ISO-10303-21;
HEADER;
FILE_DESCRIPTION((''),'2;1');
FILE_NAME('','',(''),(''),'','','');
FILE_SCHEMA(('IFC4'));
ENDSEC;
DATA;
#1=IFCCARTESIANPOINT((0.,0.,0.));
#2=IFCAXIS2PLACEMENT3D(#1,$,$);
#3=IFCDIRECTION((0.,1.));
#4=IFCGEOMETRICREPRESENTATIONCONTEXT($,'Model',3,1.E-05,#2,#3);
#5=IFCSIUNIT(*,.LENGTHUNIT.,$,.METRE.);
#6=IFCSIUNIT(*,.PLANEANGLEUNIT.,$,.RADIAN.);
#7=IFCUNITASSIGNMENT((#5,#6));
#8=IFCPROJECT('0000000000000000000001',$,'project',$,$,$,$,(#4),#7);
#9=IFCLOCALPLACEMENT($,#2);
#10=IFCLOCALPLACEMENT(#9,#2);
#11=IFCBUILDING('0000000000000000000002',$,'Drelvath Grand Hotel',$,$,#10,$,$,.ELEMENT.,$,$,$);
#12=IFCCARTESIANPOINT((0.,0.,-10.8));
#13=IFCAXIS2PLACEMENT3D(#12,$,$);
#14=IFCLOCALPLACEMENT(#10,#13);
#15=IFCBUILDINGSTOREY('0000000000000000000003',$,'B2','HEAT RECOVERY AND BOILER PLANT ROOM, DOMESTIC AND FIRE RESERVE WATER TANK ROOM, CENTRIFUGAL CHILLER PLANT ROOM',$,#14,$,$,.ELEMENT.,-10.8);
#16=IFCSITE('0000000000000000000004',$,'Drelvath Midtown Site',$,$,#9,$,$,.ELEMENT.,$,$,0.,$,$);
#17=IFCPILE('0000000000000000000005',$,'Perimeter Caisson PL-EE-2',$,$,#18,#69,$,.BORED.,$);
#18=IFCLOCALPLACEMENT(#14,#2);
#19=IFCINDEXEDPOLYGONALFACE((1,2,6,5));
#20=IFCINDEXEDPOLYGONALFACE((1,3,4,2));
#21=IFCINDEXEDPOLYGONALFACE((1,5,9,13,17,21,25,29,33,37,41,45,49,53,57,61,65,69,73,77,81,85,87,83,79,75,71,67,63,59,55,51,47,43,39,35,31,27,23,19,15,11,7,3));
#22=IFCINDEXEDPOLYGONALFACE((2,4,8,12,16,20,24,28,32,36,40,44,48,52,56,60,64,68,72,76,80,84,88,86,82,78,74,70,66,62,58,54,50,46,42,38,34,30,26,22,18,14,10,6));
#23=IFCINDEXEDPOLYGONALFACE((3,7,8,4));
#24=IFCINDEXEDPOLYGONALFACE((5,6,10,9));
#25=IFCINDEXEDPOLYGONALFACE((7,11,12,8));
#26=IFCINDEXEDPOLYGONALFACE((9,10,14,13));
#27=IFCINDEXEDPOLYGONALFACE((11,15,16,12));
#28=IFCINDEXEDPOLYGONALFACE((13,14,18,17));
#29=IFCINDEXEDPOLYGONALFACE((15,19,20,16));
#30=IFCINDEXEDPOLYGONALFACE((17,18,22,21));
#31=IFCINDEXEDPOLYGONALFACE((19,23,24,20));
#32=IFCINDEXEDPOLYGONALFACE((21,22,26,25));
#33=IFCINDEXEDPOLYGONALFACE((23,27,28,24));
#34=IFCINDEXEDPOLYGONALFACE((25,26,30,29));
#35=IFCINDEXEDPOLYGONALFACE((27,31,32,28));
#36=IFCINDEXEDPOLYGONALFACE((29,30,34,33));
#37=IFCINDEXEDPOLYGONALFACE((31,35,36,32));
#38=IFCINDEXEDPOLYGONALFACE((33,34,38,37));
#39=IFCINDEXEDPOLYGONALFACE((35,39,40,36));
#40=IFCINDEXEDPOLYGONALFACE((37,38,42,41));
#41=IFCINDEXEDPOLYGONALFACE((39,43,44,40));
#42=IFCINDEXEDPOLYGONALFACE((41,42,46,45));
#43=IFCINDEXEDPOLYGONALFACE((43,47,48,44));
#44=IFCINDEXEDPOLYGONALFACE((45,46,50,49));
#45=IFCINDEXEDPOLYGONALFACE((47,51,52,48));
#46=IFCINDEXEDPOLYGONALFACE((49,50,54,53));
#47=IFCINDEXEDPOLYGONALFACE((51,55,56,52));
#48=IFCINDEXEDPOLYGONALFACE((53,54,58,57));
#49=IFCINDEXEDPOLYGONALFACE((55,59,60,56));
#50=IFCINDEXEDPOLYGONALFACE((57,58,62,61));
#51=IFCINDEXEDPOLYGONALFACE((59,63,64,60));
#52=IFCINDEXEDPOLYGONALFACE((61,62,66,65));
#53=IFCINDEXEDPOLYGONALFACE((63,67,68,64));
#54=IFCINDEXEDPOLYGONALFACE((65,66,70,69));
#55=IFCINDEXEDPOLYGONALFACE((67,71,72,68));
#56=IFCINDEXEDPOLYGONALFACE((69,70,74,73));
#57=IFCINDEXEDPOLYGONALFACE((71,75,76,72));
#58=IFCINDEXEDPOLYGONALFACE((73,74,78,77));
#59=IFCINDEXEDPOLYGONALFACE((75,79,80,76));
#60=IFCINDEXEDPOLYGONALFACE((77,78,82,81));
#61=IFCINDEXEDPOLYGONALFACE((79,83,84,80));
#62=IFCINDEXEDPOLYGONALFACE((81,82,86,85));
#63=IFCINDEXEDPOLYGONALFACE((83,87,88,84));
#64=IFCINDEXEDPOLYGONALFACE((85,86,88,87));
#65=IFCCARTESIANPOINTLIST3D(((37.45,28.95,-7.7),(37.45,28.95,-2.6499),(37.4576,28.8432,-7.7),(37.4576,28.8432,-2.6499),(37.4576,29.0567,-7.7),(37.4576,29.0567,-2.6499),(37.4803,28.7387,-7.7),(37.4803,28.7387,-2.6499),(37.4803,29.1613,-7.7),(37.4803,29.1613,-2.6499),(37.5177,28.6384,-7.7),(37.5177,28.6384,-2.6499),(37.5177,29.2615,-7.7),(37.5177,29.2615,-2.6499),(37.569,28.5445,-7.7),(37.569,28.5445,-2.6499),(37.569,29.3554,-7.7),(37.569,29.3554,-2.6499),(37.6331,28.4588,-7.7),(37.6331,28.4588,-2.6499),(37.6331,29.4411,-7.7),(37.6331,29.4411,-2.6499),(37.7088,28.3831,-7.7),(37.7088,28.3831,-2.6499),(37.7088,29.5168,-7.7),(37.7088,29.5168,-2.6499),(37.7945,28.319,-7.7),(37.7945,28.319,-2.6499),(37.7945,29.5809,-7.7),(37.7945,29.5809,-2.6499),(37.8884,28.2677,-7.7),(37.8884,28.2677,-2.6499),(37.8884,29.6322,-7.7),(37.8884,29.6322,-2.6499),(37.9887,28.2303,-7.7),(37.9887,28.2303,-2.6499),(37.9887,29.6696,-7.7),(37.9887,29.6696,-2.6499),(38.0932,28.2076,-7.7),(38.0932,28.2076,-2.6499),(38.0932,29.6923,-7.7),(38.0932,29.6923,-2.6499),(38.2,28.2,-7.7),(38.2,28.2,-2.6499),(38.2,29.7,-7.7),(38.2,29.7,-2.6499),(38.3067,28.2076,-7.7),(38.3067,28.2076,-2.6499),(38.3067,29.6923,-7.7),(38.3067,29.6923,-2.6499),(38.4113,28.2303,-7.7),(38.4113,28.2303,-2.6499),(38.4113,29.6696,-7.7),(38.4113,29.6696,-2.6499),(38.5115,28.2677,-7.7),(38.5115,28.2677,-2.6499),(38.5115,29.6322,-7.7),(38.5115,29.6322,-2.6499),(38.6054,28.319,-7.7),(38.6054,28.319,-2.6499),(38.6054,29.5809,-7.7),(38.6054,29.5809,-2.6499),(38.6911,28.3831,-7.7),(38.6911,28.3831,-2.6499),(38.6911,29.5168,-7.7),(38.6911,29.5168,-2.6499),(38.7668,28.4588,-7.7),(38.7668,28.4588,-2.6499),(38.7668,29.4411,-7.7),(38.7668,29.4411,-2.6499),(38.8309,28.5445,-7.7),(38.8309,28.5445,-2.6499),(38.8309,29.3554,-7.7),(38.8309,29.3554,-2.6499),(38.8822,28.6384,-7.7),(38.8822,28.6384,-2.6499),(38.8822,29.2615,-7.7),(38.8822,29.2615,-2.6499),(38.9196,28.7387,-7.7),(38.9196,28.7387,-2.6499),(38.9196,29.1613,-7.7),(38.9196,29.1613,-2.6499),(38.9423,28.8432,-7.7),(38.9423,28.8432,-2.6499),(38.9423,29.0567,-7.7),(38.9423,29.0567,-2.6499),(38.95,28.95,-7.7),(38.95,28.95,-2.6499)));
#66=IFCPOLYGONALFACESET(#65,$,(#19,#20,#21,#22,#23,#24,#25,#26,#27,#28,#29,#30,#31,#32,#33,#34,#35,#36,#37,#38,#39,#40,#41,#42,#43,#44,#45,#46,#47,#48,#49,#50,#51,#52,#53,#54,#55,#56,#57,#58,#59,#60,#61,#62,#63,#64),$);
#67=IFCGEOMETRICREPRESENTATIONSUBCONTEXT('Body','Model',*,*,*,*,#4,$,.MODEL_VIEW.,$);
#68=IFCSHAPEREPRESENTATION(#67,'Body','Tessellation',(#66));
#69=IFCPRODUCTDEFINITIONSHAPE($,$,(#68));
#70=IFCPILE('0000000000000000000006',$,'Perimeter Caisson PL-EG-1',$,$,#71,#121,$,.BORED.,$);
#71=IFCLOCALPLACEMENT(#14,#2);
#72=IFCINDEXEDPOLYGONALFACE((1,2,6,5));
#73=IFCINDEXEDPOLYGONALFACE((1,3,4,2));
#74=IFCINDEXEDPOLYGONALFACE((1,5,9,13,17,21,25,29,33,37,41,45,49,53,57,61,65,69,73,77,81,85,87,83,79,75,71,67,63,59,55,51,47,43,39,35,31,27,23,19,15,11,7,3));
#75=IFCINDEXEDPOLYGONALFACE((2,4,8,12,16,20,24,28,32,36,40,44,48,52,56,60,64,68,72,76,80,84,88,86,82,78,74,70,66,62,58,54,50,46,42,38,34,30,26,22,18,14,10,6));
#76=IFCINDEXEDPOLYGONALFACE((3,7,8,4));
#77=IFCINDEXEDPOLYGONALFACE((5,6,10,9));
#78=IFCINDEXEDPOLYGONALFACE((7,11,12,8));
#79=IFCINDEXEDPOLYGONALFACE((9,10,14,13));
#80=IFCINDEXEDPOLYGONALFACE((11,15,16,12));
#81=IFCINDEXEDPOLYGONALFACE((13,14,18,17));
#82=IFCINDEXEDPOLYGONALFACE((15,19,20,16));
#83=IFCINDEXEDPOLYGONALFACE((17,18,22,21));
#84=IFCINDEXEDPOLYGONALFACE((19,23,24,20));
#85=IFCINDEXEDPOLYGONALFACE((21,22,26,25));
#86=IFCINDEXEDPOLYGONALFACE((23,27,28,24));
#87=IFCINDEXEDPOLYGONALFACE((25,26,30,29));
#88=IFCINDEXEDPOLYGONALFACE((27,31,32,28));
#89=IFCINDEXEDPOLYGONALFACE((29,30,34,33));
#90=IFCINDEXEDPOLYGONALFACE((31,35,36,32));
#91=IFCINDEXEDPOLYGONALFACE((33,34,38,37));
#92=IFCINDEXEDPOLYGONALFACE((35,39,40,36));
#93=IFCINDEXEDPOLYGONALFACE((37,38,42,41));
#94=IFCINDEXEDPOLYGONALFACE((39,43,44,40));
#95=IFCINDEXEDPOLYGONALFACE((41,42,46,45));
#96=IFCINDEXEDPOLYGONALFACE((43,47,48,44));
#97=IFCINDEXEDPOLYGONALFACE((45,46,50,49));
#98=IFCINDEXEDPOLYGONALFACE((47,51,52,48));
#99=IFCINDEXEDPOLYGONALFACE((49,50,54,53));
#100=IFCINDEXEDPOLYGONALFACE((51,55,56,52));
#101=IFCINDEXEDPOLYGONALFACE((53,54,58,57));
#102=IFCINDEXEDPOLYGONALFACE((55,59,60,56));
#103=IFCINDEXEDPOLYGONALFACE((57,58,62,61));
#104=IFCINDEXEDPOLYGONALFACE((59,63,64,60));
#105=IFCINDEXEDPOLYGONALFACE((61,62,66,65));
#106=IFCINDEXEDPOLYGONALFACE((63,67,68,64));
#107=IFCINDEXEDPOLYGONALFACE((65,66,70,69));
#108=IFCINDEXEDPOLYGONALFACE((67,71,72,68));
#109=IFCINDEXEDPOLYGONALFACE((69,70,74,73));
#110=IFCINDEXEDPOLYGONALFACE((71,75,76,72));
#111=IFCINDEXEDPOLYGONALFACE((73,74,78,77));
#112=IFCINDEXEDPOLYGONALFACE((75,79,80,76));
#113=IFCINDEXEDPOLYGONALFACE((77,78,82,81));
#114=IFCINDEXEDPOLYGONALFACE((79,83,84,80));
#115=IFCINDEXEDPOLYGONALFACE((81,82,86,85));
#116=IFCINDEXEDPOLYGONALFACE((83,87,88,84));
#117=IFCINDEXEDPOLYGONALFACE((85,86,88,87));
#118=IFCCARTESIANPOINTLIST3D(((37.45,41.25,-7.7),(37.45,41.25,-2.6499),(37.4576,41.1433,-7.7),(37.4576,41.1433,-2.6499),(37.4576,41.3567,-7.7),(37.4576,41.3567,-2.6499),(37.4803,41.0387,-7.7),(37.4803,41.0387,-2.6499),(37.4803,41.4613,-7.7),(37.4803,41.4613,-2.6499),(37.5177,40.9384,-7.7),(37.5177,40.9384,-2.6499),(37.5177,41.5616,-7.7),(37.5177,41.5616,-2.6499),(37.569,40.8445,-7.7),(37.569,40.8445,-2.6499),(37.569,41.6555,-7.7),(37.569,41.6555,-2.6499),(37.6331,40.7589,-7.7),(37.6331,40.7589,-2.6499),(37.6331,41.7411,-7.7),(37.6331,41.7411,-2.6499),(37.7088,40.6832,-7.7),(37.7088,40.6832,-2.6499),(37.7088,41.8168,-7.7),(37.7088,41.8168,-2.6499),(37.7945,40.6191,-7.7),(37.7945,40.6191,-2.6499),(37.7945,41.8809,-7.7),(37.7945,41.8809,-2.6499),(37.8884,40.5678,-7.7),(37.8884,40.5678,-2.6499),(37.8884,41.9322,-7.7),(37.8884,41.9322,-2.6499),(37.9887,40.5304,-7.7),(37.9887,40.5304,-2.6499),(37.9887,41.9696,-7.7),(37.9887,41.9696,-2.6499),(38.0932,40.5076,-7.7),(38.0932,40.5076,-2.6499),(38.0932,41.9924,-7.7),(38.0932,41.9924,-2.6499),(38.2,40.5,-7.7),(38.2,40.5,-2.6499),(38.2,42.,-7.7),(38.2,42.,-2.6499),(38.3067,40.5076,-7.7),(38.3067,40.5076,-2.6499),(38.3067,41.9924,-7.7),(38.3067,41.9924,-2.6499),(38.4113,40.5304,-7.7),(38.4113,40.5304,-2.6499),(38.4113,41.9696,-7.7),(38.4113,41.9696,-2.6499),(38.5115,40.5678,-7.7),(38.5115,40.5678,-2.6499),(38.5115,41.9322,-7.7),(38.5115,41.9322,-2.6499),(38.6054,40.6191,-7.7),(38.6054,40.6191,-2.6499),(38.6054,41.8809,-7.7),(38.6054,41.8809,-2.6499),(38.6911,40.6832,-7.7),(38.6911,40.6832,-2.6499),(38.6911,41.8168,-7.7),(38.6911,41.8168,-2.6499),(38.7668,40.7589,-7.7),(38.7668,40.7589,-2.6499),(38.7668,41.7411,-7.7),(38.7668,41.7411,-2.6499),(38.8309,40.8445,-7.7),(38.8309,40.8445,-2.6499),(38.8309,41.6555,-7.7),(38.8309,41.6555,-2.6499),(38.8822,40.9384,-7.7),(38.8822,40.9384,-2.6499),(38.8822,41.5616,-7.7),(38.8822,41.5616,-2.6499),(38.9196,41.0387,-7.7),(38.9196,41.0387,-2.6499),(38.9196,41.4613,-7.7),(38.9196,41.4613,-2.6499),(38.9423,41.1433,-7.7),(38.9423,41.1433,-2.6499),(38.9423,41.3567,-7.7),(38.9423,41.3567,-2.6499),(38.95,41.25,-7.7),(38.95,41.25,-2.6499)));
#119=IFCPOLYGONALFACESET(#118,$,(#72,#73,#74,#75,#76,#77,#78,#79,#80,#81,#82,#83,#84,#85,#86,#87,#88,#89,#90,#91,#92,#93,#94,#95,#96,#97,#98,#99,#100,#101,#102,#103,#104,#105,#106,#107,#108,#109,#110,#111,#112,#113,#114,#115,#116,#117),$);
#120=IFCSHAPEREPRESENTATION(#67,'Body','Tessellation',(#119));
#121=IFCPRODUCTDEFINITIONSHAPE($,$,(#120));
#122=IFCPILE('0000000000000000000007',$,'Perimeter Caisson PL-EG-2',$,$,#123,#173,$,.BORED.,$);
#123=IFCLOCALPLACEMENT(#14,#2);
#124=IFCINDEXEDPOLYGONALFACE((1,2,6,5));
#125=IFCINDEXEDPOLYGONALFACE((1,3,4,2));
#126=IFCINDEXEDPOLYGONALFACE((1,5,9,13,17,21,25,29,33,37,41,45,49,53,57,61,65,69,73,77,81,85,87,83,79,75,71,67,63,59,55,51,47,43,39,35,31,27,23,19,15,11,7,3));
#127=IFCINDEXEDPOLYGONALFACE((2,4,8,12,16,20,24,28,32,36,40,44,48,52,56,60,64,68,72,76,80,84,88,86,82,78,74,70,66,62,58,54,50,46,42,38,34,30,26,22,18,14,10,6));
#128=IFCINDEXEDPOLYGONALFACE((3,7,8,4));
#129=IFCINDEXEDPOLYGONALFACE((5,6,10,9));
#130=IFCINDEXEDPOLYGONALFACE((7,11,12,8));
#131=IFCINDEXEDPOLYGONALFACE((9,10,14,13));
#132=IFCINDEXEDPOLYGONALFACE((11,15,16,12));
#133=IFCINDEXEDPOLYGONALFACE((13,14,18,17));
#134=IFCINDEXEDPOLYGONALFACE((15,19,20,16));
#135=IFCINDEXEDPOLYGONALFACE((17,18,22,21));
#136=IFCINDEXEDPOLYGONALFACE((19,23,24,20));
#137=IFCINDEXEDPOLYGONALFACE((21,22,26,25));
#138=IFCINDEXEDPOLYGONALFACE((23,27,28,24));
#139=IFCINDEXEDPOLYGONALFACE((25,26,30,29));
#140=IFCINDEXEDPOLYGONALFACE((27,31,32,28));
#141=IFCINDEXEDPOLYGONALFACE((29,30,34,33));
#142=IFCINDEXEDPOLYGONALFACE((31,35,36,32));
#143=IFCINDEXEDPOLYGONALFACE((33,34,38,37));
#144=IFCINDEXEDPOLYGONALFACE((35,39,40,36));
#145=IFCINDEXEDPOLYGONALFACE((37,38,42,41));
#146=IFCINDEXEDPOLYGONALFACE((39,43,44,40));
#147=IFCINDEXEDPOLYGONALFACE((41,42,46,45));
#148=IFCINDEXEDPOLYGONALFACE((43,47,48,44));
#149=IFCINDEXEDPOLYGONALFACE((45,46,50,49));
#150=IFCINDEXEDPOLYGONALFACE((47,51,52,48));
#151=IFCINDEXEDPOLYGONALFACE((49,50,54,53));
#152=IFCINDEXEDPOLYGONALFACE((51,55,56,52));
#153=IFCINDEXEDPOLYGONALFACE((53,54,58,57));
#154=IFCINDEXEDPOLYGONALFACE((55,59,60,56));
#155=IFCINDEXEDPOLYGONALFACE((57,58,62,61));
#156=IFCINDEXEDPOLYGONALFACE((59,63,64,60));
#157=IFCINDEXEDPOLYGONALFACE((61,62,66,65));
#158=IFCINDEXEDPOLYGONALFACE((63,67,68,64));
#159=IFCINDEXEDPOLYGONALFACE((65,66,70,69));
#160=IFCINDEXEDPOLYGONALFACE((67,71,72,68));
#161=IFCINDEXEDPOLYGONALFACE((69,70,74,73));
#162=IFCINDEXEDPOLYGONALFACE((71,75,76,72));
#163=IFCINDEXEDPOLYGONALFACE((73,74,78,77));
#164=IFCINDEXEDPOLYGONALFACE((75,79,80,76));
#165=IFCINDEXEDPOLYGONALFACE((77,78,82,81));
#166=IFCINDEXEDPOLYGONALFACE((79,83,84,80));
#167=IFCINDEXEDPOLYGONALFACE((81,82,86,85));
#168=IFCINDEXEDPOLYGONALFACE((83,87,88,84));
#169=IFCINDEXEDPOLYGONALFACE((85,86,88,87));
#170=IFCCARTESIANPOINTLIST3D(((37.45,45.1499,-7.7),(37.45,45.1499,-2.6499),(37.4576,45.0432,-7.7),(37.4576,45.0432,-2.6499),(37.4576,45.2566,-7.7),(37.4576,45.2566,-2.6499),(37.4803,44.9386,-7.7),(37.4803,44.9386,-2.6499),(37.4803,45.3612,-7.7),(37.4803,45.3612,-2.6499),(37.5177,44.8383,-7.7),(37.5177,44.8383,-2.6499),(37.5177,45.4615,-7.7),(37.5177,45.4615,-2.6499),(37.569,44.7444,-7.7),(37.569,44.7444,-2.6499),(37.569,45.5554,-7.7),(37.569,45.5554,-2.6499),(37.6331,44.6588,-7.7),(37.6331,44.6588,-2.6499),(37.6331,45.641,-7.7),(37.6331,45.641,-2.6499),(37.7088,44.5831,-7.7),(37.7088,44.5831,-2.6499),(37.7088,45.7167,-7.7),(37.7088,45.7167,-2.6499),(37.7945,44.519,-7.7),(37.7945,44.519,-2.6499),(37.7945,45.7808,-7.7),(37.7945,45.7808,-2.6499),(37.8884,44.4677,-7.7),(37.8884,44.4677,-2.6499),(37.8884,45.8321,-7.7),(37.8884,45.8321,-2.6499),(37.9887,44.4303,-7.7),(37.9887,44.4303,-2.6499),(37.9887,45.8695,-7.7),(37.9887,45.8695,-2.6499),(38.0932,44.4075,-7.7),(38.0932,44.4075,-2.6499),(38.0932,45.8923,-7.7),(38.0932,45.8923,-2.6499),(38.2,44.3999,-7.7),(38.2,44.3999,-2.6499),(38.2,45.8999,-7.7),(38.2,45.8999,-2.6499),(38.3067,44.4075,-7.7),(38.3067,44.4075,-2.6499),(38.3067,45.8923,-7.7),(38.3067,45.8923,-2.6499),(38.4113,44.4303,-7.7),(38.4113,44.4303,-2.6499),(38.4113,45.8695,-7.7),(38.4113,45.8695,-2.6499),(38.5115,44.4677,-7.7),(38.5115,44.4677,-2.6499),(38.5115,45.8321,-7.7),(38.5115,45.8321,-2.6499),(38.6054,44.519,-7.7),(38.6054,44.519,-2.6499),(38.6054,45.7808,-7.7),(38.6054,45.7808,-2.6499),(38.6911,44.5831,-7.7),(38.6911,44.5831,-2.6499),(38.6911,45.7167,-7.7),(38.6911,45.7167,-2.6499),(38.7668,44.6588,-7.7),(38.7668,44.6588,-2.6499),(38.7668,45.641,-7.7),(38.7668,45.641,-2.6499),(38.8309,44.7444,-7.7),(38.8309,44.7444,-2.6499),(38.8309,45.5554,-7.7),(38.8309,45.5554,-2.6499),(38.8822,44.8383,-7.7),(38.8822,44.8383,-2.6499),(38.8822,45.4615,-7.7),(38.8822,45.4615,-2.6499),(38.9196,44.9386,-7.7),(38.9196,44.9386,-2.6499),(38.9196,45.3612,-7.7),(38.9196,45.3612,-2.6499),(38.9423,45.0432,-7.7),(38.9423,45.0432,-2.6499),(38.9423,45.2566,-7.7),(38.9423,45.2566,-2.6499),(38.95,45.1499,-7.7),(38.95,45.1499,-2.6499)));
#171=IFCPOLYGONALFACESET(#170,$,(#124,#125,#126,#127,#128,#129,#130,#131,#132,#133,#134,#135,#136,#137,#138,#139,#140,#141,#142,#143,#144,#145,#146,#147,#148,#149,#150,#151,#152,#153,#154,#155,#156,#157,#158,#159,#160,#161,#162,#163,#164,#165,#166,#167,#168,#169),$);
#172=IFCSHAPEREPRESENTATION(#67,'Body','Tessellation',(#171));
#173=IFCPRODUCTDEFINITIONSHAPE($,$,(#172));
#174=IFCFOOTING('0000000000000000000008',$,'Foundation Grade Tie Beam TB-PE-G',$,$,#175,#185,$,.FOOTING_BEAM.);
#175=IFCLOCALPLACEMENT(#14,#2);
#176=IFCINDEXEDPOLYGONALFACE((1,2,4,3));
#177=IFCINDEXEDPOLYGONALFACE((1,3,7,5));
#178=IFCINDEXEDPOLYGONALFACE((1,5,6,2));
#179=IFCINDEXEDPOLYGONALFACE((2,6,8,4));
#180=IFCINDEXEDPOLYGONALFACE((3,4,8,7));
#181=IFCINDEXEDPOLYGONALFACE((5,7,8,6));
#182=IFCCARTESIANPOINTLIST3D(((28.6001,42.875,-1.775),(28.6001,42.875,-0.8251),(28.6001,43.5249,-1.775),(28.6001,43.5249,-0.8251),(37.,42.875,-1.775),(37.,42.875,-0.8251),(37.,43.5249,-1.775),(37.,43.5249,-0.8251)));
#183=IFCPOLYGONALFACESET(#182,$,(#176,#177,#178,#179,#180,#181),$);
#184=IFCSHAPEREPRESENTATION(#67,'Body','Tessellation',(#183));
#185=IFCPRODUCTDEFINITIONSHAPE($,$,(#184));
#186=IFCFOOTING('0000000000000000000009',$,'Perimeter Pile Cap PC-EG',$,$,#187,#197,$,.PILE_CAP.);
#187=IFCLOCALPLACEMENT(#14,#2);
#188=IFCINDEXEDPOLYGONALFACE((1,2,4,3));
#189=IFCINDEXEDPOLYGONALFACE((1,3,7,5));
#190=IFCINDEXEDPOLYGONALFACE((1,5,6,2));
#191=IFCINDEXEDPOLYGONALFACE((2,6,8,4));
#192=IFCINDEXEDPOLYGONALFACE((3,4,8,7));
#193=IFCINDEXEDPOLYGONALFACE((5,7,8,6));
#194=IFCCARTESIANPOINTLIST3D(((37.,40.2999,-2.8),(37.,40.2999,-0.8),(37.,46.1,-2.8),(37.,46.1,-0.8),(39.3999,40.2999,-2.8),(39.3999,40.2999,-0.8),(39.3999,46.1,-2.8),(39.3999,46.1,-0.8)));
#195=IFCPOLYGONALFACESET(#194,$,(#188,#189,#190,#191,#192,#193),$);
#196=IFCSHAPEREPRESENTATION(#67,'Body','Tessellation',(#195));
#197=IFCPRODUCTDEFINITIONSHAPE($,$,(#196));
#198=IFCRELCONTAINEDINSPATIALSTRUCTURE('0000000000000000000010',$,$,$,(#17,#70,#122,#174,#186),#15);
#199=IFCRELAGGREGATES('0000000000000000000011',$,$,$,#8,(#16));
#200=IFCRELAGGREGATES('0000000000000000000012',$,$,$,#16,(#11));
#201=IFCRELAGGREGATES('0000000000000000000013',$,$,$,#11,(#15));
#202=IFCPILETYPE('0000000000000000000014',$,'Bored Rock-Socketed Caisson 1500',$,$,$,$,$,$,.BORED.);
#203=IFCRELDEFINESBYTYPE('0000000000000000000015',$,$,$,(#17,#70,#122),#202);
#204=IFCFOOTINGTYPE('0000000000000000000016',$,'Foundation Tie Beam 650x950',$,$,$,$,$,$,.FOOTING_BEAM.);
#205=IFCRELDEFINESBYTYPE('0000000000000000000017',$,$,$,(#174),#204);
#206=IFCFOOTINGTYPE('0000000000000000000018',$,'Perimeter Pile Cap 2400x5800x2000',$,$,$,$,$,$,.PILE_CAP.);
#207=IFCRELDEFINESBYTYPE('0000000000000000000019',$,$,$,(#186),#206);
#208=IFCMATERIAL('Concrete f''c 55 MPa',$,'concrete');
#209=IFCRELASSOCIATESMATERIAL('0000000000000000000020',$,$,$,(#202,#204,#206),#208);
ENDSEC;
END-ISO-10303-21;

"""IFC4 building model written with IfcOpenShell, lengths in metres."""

from ifc_helpers import new_model, si_unit, direction, frame, origin, origin_2d, place, context, subcontext, project, spatial, rectangle, circle, extrude, material, material_profile, profile_set, type_object, element, save


model = new_model("IFC4")

# Units and contexts
model_context = context("Model", 3, precision=1e-05, world=origin(), true_north=direction((0.0, 1.0)))
body_context = subcontext(model_context, "Body", "Model", "MODEL_VIEW")
ifc_project = project(units=[si_unit("LENGTHUNIT", "METRE"), si_unit("PLANEANGLEUNIT", "RADIAN")], contexts=[model_context])

# Site, building, storey
site_placement = place(None, origin())
site = spatial("IfcSite", under=ifc_project, at=site_placement, Name="Drelvath Midtown Site", CompositionType="ELEMENT", RefElevation=0.0)
building_placement = place(site_placement, origin())
building = spatial("IfcBuilding", under=site, at=building_placement, Name="Drelvath Grand Hotel", CompositionType="ELEMENT")
storey_placement = place(building_placement, frame((0.0, 0.0, -10.8)))
storey = spatial("IfcBuildingStorey", under=building, at=storey_placement, Name="B2", Description="HEAT RECOVERY AND BOILER PLANT ROOM, DOMESTIC AND FIRE RESERVE WATER TANK ROOM, CENTRIFUGAL CHILLER PLANT ROOM", CompositionType="ELEMENT", Elevation=-10.8)

# Piles
ifc_material_1 = material(Name="Concrete f'c 55 MPa", Category="concrete")
ifc_material_profile_1 = material_profile(ifc_material_1, circle(Radius=0.75, at=origin_2d()), Name="CAISSON1500")
ifc_profile_set_1 = profile_set([ifc_material_profile_1], Name="Concrete f'c 55 MPa")
pile_type = type_object("IfcPileType", Name="Bored Rock-Socketed Caisson 1500", PredefinedType="BORED", material=ifc_profile_set_1)
for number, where, z_axis, x_axis, name in (
    (1, (38.2, 28.95, -2.6499), (0.0, 0.0, -1.0), (1.0, 0.0, 0.0), "Perimeter Caisson PL-EE-2"),
    (2, (38.2, 41.25, -2.6499), (0.0, 0.0, -1.0), (1.0, 0.0, 0.0), "Perimeter Caisson PL-EG-1"),
    (3, (38.2, 45.1499, -2.6499), (0.0, 0.0, -1.0), (1.0, 0.0, 0.0), "Perimeter Caisson PL-EG-2"),
):
    element("IfcPile", number, at=place(storey_placement, frame(where, z_axis=z_axis, x_axis=x_axis)), inside=storey, type_object=pile_type, Name=name, PredefinedType="BORED", context=body_context, shape_type="SweptSolid", body=[
        extrude(circle(Radius=0.75, at=origin_2d()), origin(), (0.0, 0.0, 1.0), 5.05),
    ])

# Footings
ifc_material_profile_2 = material_profile(ifc_material_1, rectangle(XDim=0.6499, YDim=0.95, at=origin_2d()), Name="CB650X950")
ifc_profile_set_2 = profile_set([ifc_material_profile_2], Name="Concrete f'c 55 MPa")
footing_type_1 = type_object("IfcFootingType", Name="Foundation Tie Beam 650x950", PredefinedType="FOOTING_BEAM", material=ifc_profile_set_2)
footing_1_placement = place(storey_placement, frame((28.6001, 43.2, -1.3), z_axis=(1.0, 0.0, 0.0), x_axis=(0.0, 1.0, 0.0)))
element("IfcFooting", 4, at=footing_1_placement, inside=storey, type_object=footing_type_1, Name="Foundation Grade Tie Beam TB-PE-G", PredefinedType="FOOTING_BEAM", context=body_context, shape_type="SweptSolid", body=[
    extrude(rectangle(XDim=0.6499, YDim=0.95, at=origin_2d()), origin(), (0.0, 0.0, 1.0), 8.3999),
])
footing_type_2 = type_object("IfcFootingType", Name="Perimeter Pile Cap 2400x5800x2000", PredefinedType="PILE_CAP", material=ifc_material_1)
footing_2_placement = place(storey_placement, frame((38.2, 43.2, -2.8), z_axis=(0.0, 0.0, 1.0), x_axis=(1.0, 0.0, 0.0)))
element("IfcFooting", 5, at=footing_2_placement, inside=storey, type_object=footing_type_2, Name="Perimeter Pile Cap PC-EG", PredefinedType="PILE_CAP", context=body_context, shape_type="SweptSolid", body=[
    extrude(rectangle(XDim=2.3999, YDim=5.8, at=origin_2d()), origin(), (0.0, 0.0, 1.0), 2.0),
])

save(model, "model.ifc")
